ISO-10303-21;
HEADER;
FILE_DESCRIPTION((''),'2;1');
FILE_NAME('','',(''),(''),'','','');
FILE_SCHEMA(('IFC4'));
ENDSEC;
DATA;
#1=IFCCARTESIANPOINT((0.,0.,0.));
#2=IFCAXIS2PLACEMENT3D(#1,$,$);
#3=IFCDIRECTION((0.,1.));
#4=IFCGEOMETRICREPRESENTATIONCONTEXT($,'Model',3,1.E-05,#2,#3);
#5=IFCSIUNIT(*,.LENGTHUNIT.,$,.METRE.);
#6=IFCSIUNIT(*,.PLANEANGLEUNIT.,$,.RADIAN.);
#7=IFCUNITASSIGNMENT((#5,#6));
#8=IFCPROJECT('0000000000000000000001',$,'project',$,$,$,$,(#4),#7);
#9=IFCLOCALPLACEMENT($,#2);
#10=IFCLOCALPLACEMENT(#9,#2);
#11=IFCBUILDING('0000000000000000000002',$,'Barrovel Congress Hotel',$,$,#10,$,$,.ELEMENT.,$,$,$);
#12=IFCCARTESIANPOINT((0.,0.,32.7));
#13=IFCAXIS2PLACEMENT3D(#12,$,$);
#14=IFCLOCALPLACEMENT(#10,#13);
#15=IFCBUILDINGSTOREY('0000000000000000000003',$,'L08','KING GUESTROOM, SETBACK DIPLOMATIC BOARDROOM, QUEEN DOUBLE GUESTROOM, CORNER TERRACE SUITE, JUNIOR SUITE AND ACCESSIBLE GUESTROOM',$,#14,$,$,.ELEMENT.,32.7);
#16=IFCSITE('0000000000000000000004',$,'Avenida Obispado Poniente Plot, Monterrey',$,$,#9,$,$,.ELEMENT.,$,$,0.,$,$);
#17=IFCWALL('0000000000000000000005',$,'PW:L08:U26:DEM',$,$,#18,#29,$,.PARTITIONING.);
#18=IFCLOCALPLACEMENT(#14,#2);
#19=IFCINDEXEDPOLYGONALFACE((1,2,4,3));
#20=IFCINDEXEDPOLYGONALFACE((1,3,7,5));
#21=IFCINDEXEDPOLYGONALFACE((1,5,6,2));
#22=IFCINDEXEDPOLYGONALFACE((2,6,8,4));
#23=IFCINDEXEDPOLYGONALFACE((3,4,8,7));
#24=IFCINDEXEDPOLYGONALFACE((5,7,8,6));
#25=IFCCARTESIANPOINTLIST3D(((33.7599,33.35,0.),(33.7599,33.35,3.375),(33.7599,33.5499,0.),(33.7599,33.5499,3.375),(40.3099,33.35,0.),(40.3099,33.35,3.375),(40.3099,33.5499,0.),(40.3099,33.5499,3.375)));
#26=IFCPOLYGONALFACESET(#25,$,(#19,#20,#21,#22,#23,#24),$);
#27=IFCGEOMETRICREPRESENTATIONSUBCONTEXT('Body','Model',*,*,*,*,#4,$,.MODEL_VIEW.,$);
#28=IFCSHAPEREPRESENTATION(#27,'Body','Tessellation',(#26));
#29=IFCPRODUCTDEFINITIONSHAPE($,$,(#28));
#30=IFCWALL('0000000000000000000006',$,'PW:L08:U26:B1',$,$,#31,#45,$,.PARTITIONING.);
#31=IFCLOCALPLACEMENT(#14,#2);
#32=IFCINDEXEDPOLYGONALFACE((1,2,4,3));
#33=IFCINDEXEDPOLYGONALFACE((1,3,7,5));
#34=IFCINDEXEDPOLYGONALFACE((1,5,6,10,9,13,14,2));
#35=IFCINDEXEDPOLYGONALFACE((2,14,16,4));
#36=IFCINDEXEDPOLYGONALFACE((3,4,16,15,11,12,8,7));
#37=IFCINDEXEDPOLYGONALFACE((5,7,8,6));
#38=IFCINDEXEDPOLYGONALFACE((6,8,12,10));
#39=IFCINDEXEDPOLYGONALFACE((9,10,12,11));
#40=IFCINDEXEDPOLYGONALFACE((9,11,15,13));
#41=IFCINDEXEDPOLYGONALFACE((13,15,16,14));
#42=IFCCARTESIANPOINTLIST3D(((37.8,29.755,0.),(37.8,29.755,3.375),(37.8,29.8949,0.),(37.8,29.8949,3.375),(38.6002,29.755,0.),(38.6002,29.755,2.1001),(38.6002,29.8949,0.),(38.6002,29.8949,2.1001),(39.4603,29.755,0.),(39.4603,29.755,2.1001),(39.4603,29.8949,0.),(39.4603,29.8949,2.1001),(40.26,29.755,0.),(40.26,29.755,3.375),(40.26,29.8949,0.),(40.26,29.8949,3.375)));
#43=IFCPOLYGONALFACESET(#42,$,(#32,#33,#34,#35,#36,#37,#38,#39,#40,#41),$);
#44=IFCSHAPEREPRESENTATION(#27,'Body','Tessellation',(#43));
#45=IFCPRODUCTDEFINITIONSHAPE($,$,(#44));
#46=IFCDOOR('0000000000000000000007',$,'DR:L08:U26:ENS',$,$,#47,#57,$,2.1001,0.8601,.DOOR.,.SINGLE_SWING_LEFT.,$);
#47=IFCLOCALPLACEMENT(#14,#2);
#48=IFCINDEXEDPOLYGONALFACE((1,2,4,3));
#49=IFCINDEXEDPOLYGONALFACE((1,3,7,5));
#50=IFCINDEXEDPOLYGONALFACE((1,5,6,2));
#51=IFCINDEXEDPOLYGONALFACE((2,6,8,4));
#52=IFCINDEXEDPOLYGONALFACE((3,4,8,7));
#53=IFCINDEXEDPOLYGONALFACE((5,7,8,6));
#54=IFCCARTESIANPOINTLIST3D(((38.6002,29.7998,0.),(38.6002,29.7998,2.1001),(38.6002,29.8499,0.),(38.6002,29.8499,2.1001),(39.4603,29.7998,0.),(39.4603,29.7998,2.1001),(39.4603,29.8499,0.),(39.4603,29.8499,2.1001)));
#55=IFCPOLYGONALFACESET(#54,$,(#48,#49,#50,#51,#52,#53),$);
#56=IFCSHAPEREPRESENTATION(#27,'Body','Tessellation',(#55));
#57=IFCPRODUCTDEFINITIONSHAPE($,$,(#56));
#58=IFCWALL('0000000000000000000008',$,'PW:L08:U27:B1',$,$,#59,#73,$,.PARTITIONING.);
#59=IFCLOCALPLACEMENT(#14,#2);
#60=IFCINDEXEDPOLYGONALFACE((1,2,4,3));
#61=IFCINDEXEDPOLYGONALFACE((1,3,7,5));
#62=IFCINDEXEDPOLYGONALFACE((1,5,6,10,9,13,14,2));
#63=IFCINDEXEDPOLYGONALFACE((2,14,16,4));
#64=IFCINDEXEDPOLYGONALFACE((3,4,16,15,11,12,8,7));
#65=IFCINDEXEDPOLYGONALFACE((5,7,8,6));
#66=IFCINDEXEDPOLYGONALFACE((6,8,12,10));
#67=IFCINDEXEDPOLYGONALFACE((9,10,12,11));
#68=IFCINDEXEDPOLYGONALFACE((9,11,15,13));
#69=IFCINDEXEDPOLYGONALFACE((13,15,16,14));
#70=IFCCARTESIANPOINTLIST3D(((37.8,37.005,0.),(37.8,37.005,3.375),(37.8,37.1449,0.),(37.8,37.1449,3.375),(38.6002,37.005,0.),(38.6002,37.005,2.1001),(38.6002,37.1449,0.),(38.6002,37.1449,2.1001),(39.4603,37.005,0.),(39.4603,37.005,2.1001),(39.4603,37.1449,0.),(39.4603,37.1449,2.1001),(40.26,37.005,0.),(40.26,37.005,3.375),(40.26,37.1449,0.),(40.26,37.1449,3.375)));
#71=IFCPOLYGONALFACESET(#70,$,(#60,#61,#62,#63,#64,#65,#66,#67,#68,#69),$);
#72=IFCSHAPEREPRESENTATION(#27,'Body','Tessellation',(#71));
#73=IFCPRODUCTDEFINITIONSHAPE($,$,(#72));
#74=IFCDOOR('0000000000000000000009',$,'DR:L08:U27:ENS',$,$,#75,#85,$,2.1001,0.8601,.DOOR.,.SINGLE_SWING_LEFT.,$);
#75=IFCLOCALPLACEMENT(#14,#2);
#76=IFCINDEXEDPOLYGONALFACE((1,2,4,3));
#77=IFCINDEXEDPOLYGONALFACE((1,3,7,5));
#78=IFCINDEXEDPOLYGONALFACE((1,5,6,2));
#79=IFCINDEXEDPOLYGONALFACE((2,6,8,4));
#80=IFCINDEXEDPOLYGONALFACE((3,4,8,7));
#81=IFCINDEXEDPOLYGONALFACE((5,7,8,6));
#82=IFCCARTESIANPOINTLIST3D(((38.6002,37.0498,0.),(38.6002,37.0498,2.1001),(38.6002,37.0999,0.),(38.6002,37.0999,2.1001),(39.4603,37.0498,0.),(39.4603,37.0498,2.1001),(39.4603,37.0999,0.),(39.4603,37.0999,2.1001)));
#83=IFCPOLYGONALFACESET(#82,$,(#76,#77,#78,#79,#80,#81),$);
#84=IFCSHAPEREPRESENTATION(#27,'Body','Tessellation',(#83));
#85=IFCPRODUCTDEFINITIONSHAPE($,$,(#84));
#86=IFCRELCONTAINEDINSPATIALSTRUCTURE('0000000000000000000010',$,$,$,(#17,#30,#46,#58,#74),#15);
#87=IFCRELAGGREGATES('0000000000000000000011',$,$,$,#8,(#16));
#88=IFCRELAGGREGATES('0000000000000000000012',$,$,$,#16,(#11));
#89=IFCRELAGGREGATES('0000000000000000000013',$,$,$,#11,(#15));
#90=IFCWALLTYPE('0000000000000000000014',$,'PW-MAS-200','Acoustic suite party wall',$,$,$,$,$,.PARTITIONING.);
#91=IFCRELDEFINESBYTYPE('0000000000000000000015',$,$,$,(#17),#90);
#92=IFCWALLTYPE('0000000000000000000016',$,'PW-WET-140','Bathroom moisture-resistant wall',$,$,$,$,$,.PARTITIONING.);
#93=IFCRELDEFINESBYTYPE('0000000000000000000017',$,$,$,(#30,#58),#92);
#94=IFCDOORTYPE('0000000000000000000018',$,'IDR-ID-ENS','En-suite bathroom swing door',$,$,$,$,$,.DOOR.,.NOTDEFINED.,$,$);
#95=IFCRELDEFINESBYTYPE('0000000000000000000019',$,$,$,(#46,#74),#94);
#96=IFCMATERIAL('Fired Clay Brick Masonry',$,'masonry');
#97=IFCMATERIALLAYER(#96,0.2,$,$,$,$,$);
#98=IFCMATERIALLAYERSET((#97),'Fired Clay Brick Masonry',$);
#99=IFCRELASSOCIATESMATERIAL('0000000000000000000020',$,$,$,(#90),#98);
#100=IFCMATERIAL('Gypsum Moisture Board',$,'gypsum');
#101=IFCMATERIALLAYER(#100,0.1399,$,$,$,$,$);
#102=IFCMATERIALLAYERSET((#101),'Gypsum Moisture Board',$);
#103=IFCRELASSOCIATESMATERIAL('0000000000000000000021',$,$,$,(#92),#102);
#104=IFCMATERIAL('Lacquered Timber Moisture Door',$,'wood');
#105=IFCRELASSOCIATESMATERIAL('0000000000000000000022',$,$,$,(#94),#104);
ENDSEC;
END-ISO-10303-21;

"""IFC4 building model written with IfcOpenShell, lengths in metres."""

from ifc_helpers import new_model, si_unit, direction, frame, frame_2d, origin, place, context, subcontext, project, spatial, rectangle, extrude, material, layer, layer_set, type_object, element, fill, save


model = new_model("IFC4")

# Units and contexts
model_context = context("Model", 3, precision=1e-05, world=origin(), true_north=direction((0.0, 1.0)))
body_context = subcontext(model_context, "Body", "Model", "MODEL_VIEW")
ifc_project = project(units=[si_unit("LENGTHUNIT", "METRE"), si_unit("PLANEANGLEUNIT", "RADIAN")], contexts=[model_context])

# Site, building, storey
site_placement = place(None, origin())
site = spatial("IfcSite", under=ifc_project, at=site_placement, Name="Avenida Obispado Poniente Plot, Monterrey", CompositionType="ELEMENT", RefElevation=0.0)
building_placement = place(site_placement, origin())
building = spatial("IfcBuilding", under=site, at=building_placement, Name="Barrovel Congress Hotel", CompositionType="ELEMENT")
storey_placement = place(building_placement, frame((0.0, 0.0, 32.7)))
storey = spatial("IfcBuildingStorey", under=building, at=storey_placement, Name="L08", Description="KING GUESTROOM, SETBACK DIPLOMATIC BOARDROOM, QUEEN DOUBLE GUESTROOM, CORNER TERRACE SUITE, JUNIOR SUITE AND ACCESSIBLE GUESTROOM", CompositionType="ELEMENT", Elevation=32.7)

# Shared definitions
ifc_material_1 = material(Name="Fired Clay Brick Masonry", Category="masonry")

# Wall
ifc_layer_1 = layer(ifc_material_1, 0.2)
ifc_layer_set_1 = layer_set([ifc_layer_1], Name="Fired Clay Brick Masonry")
wall_type_1 = type_object("IfcWallType", Name="PW-MAS-200", Description="Acoustic suite party wall", PredefinedType="PARTITIONING", material=ifc_layer_set_1)
for number, where, z_axis, x_axis, name in (
    (1, (33.76, 33.45, 0.0), (0.0, 0.0, 1.0), (1.0, 0.0, 0.0), "PW:L08:U26:DEM"),
):
    element("IfcWall", number, at=place(storey_placement, frame(where, z_axis=z_axis, x_axis=x_axis)), inside=storey, type_object=wall_type_1, Name=name, PredefinedType="PARTITIONING", context=body_context, shape_type="SweptSolid", body=[
        extrude(rectangle(XDim=6.55, YDim=0.2, at=frame_2d((3.2749, 0.0))), origin(), (0.0, 0.0, 1.0), 3.375),
    ])

# Walls, openings, doors
ifc_material_2 = material(Name="Gypsum Moisture Board", Category="gypsum")
ifc_layer_2 = layer(ifc_material_2, 0.1399)
ifc_layer_set_2 = layer_set([ifc_layer_2], Name="Gypsum Moisture Board")
wall_type_2 = type_object("IfcWallType", Name="PW-WET-140", Description="Bathroom moisture-resistant wall", PredefinedType="PARTITIONING", material=ifc_layer_set_2)
wall_1_placement = place(storey_placement, frame((37.8, 29.825, 0.0), z_axis=(0.0, 0.0, 1.0), x_axis=(1.0, 0.0, 0.0)))
wall_1 = element("IfcWall", 2, at=wall_1_placement, inside=storey, type_object=wall_type_2, Name="PW:L08:U26:B1", PredefinedType="PARTITIONING", context=body_context, shape_type="SweptSolid", body=[
    extrude(rectangle(XDim=2.46, YDim=0.1399, at=frame_2d((1.23, 0.0))), origin(), (0.0, 0.0, 1.0), 3.375),
])
opening_1_placement = place(wall_1_placement, frame((0.8, 0.0, 0.0)))
opening_1 = element("IfcOpeningElement", 3, at=opening_1_placement, cuts=wall_1, PredefinedType="OPENING", context=body_context, shape_type="SweptSolid", body=[
    extrude(rectangle(XDim=0.8601, YDim=2.1001, at=frame_2d((0.4302, 1.05))), frame((0.0, 0.0801, 0.0), z_axis=(0.0, -1.0, 0.0), x_axis=(1.0, 0.0, 0.0)), (0.0, 0.0, 1.0), 0.1599),
])
ifc_material_3 = material(Name="Lacquered Timber Moisture Door", Category="wood")
door_type_1 = type_object("IfcDoorType", Name="IDR-ID-ENS", Description="En-suite bathroom swing door", OperationType="NOTDEFINED", PredefinedType="DOOR", material=ifc_material_3)
door_1_placement = place(opening_1_placement, origin())
door_1 = element("IfcDoor", 4, at=door_1_placement, inside=storey, type_object=door_type_1, Name="DR:L08:U26:ENS", OperationType="SINGLE_SWING_LEFT", OverallHeight=2.1001, OverallWidth=0.8601, PredefinedType="DOOR", context=body_context, shape_type="SweptSolid", body=[
    extrude(rectangle(XDim=0.8601, YDim=2.1001, at=frame_2d((0.4302, 1.05))), frame((0.0, 0.0249, 0.0), z_axis=(0.0, -1.0, 0.0), x_axis=(1.0, 0.0, 0.0)), (0.0, 0.0, 1.0), 0.05),
])
fill(opening_1, door_1)
wall_2_placement = place(storey_placement, frame((37.8, 37.075, 0.0), z_axis=(0.0, 0.0, 1.0), x_axis=(1.0, 0.0, 0.0)))
wall_2 = element("IfcWall", 5, at=wall_2_placement, inside=storey, type_object=wall_type_2, Name="PW:L08:U27:B1", PredefinedType="PARTITIONING", context=body_context, shape_type="SweptSolid", body=[
    extrude(rectangle(XDim=2.46, YDim=0.1399, at=frame_2d((1.23, 0.0))), origin(), (0.0, 0.0, 1.0), 3.375),
])
opening_2_placement = place(wall_2_placement, frame((0.8, 0.0, 0.0)))
opening_2 = element("IfcOpeningElement", 6, at=opening_2_placement, cuts=wall_2, PredefinedType="OPENING", context=body_context, shape_type="SweptSolid", body=[
    extrude(rectangle(XDim=0.8601, YDim=2.1001, at=frame_2d((0.4302, 1.05))), frame((0.0, 0.0801, 0.0), z_axis=(0.0, -1.0, 0.0), x_axis=(1.0, 0.0, 0.0)), (0.0, 0.0, 1.0), 0.1599),
])
door_2_placement = place(opening_2_placement, origin())
door_2 = element("IfcDoor", 7, at=door_2_placement, inside=storey, type_object=door_type_1, Name="DR:L08:U27:ENS", OperationType="SINGLE_SWING_LEFT", OverallHeight=2.1001, OverallWidth=0.8601, PredefinedType="DOOR", context=body_context, shape_type="SweptSolid", body=[
    extrude(rectangle(XDim=0.8601, YDim=2.1001, at=frame_2d((0.4302, 1.05))), frame((0.0, 0.0249, 0.0), z_axis=(0.0, -1.0, 0.0), x_axis=(1.0, 0.0, 0.0)), (0.0, 0.0, 1.0), 0.05),
])
fill(opening_2, door_2)

save(model, "model.ifc")
